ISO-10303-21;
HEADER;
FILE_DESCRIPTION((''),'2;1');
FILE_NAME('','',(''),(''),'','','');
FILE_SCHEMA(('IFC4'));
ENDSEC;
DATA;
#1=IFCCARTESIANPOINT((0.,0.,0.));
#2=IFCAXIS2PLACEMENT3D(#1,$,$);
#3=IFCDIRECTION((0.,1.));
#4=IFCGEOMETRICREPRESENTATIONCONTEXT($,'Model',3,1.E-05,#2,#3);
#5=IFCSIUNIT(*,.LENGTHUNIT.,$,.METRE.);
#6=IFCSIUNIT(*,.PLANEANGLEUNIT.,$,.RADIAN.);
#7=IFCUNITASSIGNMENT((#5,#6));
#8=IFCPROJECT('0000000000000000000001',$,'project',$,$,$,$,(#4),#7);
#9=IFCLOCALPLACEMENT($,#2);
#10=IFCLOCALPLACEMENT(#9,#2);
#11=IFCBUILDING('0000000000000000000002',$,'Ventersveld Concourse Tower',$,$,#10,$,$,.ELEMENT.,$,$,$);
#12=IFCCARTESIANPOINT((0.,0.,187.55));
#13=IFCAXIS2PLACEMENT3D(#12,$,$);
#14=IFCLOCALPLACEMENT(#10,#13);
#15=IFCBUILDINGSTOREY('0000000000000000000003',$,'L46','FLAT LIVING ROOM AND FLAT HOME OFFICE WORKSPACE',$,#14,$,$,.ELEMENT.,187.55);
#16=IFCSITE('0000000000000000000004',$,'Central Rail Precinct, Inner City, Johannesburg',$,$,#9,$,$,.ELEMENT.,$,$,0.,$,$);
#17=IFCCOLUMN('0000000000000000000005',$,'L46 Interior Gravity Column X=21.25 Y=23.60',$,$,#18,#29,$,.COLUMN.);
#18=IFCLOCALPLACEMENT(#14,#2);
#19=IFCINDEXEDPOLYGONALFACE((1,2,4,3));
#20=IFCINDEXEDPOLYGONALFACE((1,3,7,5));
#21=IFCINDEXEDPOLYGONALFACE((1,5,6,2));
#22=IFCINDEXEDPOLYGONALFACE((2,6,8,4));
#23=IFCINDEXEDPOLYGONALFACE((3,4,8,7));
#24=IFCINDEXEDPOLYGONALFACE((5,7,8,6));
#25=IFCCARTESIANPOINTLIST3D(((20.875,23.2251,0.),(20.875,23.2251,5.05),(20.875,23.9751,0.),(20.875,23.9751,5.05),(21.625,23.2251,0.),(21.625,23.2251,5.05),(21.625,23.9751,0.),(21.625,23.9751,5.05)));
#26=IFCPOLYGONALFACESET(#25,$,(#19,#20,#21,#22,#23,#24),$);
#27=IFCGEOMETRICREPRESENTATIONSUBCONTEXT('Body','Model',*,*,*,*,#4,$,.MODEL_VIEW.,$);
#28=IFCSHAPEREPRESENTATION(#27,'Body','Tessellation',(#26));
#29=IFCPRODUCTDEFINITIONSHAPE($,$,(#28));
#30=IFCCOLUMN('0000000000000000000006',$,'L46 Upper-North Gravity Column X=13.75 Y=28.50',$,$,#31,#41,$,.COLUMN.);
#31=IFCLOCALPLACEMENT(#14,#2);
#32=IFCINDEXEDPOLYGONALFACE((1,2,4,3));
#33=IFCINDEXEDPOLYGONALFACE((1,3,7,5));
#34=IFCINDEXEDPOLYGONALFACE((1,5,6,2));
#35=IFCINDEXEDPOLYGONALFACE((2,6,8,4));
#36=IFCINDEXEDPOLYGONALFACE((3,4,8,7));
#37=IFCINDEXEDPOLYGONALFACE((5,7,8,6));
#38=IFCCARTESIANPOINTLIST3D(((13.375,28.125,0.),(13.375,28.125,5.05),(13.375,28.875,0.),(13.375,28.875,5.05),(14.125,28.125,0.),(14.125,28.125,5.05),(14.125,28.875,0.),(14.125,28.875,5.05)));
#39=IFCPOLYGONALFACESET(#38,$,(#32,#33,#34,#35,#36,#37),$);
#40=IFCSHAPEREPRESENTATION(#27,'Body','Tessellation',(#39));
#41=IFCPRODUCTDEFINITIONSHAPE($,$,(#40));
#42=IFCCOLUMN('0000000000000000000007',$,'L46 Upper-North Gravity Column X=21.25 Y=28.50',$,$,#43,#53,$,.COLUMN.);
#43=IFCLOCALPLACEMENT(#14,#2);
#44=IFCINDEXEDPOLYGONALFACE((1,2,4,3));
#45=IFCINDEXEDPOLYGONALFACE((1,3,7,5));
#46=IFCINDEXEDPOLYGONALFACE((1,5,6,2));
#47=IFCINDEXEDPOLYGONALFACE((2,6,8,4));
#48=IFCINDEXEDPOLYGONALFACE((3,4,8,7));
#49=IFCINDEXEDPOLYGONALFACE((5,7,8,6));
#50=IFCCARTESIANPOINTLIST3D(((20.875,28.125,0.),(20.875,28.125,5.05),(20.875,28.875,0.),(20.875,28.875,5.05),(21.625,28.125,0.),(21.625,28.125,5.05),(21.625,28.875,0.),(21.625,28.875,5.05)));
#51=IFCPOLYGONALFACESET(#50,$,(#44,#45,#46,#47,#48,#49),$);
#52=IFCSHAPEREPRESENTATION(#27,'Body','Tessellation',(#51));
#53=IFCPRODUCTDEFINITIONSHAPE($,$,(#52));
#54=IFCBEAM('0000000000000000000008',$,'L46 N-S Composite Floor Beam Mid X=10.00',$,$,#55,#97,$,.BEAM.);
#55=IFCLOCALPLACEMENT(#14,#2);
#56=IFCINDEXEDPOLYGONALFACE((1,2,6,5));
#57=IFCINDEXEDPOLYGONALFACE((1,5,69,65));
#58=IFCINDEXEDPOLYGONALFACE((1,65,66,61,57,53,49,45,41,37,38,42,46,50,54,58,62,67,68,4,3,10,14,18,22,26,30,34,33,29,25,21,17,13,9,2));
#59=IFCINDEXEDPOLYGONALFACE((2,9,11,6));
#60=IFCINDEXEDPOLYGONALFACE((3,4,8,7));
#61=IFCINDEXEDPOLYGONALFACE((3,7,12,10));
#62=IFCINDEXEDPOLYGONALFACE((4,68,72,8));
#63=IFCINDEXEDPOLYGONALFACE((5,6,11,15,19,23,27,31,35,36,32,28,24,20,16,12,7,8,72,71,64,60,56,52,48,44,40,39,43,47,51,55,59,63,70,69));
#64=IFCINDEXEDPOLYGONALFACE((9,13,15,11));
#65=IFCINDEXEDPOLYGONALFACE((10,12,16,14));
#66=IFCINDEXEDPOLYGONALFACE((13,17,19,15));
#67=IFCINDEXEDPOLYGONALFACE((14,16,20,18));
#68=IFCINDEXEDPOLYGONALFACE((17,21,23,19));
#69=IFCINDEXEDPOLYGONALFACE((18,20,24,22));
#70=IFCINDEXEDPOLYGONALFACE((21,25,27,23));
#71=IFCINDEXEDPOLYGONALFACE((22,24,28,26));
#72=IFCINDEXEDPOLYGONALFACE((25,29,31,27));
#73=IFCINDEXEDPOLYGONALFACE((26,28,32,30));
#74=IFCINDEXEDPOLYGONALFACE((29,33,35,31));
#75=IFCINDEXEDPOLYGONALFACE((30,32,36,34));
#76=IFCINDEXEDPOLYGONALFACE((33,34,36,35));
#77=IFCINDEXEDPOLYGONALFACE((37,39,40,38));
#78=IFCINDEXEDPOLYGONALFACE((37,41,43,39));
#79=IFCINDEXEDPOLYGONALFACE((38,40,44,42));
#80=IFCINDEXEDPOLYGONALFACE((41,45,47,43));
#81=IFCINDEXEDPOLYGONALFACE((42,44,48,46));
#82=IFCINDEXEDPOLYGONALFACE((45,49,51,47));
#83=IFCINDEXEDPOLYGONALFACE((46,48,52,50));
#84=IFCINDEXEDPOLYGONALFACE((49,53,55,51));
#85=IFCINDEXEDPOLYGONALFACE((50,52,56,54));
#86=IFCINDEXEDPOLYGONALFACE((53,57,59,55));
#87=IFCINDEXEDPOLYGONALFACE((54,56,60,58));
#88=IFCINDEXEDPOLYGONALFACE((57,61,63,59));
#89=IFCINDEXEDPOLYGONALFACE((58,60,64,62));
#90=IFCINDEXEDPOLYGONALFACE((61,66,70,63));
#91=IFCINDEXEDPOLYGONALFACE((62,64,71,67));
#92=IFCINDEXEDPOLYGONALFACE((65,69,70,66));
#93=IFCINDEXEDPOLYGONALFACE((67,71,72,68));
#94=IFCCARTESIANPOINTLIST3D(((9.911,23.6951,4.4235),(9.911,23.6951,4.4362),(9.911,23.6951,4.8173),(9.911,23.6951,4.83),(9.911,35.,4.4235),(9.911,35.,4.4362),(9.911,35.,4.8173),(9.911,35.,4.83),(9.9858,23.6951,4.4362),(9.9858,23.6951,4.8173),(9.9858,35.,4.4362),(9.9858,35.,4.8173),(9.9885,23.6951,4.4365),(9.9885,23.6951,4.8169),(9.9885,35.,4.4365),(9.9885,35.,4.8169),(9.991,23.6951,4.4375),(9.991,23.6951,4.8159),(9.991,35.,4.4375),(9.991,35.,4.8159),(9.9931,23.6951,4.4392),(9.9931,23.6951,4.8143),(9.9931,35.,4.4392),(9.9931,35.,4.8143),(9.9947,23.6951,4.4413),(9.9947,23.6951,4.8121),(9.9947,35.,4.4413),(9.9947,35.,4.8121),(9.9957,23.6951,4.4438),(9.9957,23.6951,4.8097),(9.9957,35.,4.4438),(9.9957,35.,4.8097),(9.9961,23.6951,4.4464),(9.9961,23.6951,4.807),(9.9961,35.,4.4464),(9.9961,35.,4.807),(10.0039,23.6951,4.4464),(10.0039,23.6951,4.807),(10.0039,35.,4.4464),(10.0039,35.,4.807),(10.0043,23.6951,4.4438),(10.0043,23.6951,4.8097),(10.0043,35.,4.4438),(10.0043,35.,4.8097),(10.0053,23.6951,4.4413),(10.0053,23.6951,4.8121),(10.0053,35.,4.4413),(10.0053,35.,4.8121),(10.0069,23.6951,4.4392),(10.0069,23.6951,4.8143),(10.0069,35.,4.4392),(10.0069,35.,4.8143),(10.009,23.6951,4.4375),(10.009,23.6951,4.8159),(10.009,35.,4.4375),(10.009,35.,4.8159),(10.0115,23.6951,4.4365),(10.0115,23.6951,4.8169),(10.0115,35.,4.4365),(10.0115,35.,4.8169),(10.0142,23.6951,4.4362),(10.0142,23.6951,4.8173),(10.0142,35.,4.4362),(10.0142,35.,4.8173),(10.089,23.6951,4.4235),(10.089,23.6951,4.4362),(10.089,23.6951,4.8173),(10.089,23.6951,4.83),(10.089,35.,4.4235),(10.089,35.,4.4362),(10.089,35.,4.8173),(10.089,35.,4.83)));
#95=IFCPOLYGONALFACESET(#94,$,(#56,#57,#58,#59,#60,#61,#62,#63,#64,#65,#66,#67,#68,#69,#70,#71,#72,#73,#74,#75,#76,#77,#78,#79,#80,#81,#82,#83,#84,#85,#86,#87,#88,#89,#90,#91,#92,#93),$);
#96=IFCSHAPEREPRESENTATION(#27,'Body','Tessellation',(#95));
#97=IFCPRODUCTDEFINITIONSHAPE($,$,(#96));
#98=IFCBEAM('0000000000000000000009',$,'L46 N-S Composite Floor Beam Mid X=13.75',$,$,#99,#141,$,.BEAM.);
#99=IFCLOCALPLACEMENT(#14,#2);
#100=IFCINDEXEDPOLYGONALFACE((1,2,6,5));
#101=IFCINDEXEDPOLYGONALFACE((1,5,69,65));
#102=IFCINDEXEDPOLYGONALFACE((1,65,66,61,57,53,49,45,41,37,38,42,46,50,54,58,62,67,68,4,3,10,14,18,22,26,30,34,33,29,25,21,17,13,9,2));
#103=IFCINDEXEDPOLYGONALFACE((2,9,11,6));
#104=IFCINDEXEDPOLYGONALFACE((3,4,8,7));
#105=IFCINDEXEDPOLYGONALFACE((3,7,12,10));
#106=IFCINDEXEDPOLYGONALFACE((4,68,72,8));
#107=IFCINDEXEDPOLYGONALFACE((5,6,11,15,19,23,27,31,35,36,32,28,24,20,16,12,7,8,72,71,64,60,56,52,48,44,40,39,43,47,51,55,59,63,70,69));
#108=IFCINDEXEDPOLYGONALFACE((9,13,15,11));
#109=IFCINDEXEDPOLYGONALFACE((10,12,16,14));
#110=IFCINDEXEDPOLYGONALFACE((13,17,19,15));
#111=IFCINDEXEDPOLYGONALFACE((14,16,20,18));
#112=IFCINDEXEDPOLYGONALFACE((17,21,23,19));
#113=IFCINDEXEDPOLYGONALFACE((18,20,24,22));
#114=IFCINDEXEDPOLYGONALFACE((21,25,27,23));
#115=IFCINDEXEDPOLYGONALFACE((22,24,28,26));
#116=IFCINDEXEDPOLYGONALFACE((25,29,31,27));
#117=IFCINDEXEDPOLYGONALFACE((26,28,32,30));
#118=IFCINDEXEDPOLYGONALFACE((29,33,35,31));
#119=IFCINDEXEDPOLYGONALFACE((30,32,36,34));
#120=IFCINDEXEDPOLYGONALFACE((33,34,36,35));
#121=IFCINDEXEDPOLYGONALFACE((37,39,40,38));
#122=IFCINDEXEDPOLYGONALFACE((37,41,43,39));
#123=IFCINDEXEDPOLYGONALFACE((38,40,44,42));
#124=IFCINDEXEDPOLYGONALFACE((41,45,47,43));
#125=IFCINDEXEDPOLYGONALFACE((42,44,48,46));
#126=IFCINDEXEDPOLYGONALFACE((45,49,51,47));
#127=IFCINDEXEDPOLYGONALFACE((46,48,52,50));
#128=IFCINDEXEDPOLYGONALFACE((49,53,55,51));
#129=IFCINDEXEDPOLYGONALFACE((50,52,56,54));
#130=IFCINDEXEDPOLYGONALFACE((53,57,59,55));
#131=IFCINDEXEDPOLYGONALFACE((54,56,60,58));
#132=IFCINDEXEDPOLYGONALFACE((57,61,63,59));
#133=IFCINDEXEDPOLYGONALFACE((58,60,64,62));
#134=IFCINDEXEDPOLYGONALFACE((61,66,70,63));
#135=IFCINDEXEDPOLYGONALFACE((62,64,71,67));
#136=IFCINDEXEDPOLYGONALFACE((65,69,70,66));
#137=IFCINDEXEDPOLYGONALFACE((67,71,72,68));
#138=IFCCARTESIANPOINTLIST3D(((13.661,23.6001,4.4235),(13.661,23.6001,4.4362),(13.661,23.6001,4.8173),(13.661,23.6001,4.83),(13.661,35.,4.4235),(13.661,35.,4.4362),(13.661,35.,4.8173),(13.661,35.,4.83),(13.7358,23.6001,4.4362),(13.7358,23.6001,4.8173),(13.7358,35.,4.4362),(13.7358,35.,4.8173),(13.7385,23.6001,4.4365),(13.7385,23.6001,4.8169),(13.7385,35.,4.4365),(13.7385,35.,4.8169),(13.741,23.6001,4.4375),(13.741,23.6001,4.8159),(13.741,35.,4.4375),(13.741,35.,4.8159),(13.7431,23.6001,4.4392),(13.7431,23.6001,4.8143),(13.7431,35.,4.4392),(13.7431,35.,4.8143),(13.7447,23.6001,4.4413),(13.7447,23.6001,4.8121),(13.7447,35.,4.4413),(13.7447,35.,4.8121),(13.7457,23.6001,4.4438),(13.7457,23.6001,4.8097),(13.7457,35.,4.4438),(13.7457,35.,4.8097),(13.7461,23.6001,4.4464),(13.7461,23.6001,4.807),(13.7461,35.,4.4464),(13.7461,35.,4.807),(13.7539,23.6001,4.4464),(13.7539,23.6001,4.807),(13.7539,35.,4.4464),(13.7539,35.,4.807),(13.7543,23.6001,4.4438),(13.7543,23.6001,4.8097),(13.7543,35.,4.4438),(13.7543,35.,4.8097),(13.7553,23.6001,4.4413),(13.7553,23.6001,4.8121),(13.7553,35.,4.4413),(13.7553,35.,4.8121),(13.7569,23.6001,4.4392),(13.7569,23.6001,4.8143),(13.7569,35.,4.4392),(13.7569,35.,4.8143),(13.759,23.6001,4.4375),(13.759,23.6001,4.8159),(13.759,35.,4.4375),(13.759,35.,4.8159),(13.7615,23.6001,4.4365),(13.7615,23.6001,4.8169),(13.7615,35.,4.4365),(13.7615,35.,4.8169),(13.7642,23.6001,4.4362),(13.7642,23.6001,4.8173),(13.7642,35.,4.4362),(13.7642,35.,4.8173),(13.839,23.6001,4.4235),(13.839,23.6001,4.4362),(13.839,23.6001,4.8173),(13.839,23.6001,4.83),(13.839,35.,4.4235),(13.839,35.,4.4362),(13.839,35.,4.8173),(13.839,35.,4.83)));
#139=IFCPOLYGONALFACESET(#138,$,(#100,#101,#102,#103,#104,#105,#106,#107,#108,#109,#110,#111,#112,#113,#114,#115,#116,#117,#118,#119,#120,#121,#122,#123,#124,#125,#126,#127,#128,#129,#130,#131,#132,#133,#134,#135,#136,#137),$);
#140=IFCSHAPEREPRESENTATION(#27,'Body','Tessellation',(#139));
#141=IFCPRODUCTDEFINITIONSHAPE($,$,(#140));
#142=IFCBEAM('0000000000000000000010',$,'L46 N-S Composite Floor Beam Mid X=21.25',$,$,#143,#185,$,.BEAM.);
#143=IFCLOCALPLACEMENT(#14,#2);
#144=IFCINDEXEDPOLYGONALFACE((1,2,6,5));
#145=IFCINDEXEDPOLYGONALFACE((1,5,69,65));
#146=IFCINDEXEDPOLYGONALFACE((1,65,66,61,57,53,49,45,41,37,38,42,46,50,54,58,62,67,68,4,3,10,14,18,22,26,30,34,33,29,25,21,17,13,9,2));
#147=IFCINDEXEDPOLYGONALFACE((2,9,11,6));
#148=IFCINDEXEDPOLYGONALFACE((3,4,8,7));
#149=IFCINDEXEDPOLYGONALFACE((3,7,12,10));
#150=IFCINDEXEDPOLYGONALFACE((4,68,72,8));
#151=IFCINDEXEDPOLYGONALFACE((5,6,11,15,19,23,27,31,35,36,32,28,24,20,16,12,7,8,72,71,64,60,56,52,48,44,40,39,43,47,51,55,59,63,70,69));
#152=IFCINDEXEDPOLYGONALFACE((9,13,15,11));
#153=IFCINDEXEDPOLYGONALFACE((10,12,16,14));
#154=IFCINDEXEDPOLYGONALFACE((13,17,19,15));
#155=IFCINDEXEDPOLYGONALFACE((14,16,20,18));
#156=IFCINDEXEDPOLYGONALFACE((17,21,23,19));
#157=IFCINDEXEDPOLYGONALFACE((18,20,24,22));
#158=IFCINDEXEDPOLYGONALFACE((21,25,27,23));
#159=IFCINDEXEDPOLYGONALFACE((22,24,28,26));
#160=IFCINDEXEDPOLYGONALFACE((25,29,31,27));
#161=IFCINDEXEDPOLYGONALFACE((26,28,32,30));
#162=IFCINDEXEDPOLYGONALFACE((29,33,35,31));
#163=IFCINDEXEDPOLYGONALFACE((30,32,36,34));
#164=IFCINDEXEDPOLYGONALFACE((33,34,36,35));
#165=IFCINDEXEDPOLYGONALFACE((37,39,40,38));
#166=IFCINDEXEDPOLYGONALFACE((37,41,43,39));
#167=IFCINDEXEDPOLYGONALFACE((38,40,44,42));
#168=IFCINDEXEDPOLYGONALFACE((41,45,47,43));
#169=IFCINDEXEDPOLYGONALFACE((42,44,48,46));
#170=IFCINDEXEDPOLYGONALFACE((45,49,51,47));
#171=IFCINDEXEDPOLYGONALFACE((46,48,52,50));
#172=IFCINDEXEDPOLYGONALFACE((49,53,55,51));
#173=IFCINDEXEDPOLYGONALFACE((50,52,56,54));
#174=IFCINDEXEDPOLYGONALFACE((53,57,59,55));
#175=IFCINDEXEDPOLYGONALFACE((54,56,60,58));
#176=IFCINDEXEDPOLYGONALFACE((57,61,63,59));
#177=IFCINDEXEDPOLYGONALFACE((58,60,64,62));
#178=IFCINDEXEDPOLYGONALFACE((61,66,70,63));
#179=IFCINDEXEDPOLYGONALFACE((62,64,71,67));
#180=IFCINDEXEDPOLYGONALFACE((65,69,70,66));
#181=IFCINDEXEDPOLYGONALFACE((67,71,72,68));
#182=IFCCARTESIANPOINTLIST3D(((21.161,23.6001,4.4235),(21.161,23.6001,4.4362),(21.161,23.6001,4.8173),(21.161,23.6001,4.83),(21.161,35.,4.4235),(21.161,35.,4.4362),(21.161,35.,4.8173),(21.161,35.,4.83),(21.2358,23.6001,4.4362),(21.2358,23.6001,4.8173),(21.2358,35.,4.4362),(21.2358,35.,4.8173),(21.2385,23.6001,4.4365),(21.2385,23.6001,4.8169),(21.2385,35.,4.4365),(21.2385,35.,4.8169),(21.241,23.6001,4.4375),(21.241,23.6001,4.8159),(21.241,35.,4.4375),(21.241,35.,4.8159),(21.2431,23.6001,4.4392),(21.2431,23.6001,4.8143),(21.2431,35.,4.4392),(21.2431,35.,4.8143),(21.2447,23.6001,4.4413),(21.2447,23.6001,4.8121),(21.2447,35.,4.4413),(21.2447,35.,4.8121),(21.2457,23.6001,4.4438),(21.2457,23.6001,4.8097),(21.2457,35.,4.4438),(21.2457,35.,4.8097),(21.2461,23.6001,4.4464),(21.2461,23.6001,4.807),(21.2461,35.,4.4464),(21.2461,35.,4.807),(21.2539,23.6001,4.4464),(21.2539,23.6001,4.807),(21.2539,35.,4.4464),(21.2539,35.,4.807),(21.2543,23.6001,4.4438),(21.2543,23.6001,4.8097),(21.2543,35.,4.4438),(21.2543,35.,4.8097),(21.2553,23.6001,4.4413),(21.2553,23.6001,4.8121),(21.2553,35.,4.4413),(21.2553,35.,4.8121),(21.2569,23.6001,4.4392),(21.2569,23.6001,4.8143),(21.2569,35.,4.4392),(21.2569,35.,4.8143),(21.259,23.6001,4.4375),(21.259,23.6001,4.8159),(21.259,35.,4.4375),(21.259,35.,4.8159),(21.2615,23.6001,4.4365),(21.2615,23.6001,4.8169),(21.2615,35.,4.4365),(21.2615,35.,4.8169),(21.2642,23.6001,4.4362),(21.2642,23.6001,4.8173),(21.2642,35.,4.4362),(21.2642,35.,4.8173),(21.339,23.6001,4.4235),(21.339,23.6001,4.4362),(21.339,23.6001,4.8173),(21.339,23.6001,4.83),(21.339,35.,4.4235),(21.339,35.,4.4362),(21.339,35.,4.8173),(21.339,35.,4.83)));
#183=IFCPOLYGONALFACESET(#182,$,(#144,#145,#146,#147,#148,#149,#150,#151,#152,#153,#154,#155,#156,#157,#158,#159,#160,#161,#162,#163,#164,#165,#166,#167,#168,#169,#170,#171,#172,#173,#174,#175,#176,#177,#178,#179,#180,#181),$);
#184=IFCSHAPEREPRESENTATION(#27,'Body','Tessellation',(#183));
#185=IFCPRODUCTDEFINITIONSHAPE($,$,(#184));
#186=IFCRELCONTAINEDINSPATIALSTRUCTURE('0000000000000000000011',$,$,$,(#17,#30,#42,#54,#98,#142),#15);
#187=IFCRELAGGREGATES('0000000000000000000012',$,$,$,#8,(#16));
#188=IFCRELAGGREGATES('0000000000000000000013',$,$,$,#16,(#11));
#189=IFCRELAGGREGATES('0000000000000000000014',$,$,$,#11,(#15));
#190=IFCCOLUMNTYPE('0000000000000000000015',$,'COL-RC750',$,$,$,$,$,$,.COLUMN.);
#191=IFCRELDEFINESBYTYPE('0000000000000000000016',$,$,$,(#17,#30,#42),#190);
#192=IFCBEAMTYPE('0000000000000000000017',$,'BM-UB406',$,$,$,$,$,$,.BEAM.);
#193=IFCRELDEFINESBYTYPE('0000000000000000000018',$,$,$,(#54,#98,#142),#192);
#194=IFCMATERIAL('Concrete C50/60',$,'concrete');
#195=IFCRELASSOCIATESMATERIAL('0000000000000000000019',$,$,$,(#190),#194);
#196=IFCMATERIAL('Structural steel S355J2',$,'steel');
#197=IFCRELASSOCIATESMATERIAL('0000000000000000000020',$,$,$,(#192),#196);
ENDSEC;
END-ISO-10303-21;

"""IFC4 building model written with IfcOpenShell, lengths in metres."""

from ifc_helpers import new_model, si_unit, direction, frame, origin, origin_2d, place, context, subcontext, project, spatial, rectangle, i_section, extrude, material, material_profile, profile_set, type_object, element, save


model = new_model("IFC4")

# Units and contexts
model_context = context("Model", 3, precision=1e-05, world=origin(), true_north=direction((0.0, 1.0)))
body_context = subcontext(model_context, "Body", "Model", "MODEL_VIEW")
ifc_project = project(units=[si_unit("LENGTHUNIT", "METRE"), si_unit("PLANEANGLEUNIT", "RADIAN")], contexts=[model_context])

# Site, building, storey
site_placement = place(None, origin())
site = spatial("IfcSite", under=ifc_project, at=site_placement, Name="Central Rail Precinct, Inner City, Johannesburg", CompositionType="ELEMENT", RefElevation=0.0)
building_placement = place(site_placement, origin())
building = spatial("IfcBuilding", under=site, at=building_placement, Name="Ventersveld Concourse Tower", CompositionType="ELEMENT")
storey_placement = place(building_placement, frame((0.0, 0.0, 187.55)))
storey = spatial("IfcBuildingStorey", under=building, at=storey_placement, Name="L46", Description="FLAT LIVING ROOM AND FLAT HOME OFFICE WORKSPACE", CompositionType="ELEMENT", Elevation=187.55)

# Columns
ifc_material_1 = material(Name="Concrete C50/60", Category="concrete")
ifc_material_profile_1 = material_profile(ifc_material_1, rectangle(XDim=0.75, YDim=0.75, at=origin_2d()), Name="RC 750x750")
ifc_profile_set_1 = profile_set([ifc_material_profile_1], Name="Concrete C50/60")
column_type = type_object("IfcColumnType", Name="COL-RC750", PredefinedType="COLUMN", material=ifc_profile_set_1)
for number, where, z_axis, x_axis, name in (
    (1, (21.25, 23.6001, 0.0), (0.0, 0.0, 1.0), (1.0, 0.0, 0.0), "L46 Interior Gravity Column X=21.25 Y=23.60"),
    (2, (13.75, 28.5, 0.0), (0.0, 0.0, 1.0), (1.0, 0.0, 0.0), "L46 Upper-North Gravity Column X=13.75 Y=28.50"),
    (3, (21.25, 28.5, 0.0), (0.0, 0.0, 1.0), (1.0, 0.0, 0.0), "L46 Upper-North Gravity Column X=21.25 Y=28.50"),
):
    element("IfcColumn", number, at=place(storey_placement, frame(where, z_axis=z_axis, x_axis=x_axis)), inside=storey, type_object=column_type, Name=name, PredefinedType="COLUMN", context=body_context, shape_type="SweptSolid", body=[
        extrude(rectangle(XDim=0.75, YDim=0.75, at=origin_2d()), origin(), (0.0, 0.0, 1.0), 5.05),
    ])

# Beams
ifc_material_2 = material(Name="Structural steel S355J2", Category="steel")
ifc_material_profile_2 = material_profile(ifc_material_2, i_section(OverallWidth=0.178, OverallDepth=0.4065, WebThickness=0.0078, FlangeThickness=0.0127, FilletRadius=0.0103, at=origin_2d()), Name="UB 406x178x60")
ifc_profile_set_2 = profile_set([ifc_material_profile_2], Name="Structural steel S355J2")
beam_type_1 = type_object("IfcBeamType", Name="BM-UB406", PredefinedType="BEAM", material=ifc_profile_set_2)
beam_1_placement = place(storey_placement, frame((10.0, 23.6951, 4.6267), z_axis=(0.0, 1.0, 0.0), x_axis=(-1.0, 0.0, 0.0)))
element("IfcBeam", 4, at=beam_1_placement, inside=storey, type_object=beam_type_1, Name="L46 N-S Composite Floor Beam Mid X=10.00", PredefinedType="BEAM", context=body_context, shape_type="SweptSolid", body=[
    extrude(i_section(OverallWidth=0.178, OverallDepth=0.4065, WebThickness=0.0078, FlangeThickness=0.0127, FilletRadius=0.0103, at=origin_2d()), origin(), (0.0, 0.0, 1.0), 11.3049),
])
for number, where, z_axis, x_axis, name in (
    (5, (13.75, 23.6001, 4.6267), (0.0, 1.0, 0.0), (-1.0, 0.0, 0.0), "L46 N-S Composite Floor Beam Mid X=13.75"),
    (6, (21.25, 23.6001, 4.6267), (0.0, 1.0, 0.0), (-1.0, 0.0, 0.0), "L46 N-S Composite Floor Beam Mid X=21.25"),
):
    element("IfcBeam", number, at=place(storey_placement, frame(where, z_axis=z_axis, x_axis=x_axis)), inside=storey, type_object=beam_type_1, Name=name, PredefinedType="BEAM", context=body_context, shape_type="SweptSolid", body=[
        extrude(i_section(OverallWidth=0.178, OverallDepth=0.4065, WebThickness=0.0078, FlangeThickness=0.0127, FilletRadius=0.0103, at=origin_2d()), origin(), (0.0, 0.0, 1.0), 11.3999),
    ])

save(model, "model.ifc")
